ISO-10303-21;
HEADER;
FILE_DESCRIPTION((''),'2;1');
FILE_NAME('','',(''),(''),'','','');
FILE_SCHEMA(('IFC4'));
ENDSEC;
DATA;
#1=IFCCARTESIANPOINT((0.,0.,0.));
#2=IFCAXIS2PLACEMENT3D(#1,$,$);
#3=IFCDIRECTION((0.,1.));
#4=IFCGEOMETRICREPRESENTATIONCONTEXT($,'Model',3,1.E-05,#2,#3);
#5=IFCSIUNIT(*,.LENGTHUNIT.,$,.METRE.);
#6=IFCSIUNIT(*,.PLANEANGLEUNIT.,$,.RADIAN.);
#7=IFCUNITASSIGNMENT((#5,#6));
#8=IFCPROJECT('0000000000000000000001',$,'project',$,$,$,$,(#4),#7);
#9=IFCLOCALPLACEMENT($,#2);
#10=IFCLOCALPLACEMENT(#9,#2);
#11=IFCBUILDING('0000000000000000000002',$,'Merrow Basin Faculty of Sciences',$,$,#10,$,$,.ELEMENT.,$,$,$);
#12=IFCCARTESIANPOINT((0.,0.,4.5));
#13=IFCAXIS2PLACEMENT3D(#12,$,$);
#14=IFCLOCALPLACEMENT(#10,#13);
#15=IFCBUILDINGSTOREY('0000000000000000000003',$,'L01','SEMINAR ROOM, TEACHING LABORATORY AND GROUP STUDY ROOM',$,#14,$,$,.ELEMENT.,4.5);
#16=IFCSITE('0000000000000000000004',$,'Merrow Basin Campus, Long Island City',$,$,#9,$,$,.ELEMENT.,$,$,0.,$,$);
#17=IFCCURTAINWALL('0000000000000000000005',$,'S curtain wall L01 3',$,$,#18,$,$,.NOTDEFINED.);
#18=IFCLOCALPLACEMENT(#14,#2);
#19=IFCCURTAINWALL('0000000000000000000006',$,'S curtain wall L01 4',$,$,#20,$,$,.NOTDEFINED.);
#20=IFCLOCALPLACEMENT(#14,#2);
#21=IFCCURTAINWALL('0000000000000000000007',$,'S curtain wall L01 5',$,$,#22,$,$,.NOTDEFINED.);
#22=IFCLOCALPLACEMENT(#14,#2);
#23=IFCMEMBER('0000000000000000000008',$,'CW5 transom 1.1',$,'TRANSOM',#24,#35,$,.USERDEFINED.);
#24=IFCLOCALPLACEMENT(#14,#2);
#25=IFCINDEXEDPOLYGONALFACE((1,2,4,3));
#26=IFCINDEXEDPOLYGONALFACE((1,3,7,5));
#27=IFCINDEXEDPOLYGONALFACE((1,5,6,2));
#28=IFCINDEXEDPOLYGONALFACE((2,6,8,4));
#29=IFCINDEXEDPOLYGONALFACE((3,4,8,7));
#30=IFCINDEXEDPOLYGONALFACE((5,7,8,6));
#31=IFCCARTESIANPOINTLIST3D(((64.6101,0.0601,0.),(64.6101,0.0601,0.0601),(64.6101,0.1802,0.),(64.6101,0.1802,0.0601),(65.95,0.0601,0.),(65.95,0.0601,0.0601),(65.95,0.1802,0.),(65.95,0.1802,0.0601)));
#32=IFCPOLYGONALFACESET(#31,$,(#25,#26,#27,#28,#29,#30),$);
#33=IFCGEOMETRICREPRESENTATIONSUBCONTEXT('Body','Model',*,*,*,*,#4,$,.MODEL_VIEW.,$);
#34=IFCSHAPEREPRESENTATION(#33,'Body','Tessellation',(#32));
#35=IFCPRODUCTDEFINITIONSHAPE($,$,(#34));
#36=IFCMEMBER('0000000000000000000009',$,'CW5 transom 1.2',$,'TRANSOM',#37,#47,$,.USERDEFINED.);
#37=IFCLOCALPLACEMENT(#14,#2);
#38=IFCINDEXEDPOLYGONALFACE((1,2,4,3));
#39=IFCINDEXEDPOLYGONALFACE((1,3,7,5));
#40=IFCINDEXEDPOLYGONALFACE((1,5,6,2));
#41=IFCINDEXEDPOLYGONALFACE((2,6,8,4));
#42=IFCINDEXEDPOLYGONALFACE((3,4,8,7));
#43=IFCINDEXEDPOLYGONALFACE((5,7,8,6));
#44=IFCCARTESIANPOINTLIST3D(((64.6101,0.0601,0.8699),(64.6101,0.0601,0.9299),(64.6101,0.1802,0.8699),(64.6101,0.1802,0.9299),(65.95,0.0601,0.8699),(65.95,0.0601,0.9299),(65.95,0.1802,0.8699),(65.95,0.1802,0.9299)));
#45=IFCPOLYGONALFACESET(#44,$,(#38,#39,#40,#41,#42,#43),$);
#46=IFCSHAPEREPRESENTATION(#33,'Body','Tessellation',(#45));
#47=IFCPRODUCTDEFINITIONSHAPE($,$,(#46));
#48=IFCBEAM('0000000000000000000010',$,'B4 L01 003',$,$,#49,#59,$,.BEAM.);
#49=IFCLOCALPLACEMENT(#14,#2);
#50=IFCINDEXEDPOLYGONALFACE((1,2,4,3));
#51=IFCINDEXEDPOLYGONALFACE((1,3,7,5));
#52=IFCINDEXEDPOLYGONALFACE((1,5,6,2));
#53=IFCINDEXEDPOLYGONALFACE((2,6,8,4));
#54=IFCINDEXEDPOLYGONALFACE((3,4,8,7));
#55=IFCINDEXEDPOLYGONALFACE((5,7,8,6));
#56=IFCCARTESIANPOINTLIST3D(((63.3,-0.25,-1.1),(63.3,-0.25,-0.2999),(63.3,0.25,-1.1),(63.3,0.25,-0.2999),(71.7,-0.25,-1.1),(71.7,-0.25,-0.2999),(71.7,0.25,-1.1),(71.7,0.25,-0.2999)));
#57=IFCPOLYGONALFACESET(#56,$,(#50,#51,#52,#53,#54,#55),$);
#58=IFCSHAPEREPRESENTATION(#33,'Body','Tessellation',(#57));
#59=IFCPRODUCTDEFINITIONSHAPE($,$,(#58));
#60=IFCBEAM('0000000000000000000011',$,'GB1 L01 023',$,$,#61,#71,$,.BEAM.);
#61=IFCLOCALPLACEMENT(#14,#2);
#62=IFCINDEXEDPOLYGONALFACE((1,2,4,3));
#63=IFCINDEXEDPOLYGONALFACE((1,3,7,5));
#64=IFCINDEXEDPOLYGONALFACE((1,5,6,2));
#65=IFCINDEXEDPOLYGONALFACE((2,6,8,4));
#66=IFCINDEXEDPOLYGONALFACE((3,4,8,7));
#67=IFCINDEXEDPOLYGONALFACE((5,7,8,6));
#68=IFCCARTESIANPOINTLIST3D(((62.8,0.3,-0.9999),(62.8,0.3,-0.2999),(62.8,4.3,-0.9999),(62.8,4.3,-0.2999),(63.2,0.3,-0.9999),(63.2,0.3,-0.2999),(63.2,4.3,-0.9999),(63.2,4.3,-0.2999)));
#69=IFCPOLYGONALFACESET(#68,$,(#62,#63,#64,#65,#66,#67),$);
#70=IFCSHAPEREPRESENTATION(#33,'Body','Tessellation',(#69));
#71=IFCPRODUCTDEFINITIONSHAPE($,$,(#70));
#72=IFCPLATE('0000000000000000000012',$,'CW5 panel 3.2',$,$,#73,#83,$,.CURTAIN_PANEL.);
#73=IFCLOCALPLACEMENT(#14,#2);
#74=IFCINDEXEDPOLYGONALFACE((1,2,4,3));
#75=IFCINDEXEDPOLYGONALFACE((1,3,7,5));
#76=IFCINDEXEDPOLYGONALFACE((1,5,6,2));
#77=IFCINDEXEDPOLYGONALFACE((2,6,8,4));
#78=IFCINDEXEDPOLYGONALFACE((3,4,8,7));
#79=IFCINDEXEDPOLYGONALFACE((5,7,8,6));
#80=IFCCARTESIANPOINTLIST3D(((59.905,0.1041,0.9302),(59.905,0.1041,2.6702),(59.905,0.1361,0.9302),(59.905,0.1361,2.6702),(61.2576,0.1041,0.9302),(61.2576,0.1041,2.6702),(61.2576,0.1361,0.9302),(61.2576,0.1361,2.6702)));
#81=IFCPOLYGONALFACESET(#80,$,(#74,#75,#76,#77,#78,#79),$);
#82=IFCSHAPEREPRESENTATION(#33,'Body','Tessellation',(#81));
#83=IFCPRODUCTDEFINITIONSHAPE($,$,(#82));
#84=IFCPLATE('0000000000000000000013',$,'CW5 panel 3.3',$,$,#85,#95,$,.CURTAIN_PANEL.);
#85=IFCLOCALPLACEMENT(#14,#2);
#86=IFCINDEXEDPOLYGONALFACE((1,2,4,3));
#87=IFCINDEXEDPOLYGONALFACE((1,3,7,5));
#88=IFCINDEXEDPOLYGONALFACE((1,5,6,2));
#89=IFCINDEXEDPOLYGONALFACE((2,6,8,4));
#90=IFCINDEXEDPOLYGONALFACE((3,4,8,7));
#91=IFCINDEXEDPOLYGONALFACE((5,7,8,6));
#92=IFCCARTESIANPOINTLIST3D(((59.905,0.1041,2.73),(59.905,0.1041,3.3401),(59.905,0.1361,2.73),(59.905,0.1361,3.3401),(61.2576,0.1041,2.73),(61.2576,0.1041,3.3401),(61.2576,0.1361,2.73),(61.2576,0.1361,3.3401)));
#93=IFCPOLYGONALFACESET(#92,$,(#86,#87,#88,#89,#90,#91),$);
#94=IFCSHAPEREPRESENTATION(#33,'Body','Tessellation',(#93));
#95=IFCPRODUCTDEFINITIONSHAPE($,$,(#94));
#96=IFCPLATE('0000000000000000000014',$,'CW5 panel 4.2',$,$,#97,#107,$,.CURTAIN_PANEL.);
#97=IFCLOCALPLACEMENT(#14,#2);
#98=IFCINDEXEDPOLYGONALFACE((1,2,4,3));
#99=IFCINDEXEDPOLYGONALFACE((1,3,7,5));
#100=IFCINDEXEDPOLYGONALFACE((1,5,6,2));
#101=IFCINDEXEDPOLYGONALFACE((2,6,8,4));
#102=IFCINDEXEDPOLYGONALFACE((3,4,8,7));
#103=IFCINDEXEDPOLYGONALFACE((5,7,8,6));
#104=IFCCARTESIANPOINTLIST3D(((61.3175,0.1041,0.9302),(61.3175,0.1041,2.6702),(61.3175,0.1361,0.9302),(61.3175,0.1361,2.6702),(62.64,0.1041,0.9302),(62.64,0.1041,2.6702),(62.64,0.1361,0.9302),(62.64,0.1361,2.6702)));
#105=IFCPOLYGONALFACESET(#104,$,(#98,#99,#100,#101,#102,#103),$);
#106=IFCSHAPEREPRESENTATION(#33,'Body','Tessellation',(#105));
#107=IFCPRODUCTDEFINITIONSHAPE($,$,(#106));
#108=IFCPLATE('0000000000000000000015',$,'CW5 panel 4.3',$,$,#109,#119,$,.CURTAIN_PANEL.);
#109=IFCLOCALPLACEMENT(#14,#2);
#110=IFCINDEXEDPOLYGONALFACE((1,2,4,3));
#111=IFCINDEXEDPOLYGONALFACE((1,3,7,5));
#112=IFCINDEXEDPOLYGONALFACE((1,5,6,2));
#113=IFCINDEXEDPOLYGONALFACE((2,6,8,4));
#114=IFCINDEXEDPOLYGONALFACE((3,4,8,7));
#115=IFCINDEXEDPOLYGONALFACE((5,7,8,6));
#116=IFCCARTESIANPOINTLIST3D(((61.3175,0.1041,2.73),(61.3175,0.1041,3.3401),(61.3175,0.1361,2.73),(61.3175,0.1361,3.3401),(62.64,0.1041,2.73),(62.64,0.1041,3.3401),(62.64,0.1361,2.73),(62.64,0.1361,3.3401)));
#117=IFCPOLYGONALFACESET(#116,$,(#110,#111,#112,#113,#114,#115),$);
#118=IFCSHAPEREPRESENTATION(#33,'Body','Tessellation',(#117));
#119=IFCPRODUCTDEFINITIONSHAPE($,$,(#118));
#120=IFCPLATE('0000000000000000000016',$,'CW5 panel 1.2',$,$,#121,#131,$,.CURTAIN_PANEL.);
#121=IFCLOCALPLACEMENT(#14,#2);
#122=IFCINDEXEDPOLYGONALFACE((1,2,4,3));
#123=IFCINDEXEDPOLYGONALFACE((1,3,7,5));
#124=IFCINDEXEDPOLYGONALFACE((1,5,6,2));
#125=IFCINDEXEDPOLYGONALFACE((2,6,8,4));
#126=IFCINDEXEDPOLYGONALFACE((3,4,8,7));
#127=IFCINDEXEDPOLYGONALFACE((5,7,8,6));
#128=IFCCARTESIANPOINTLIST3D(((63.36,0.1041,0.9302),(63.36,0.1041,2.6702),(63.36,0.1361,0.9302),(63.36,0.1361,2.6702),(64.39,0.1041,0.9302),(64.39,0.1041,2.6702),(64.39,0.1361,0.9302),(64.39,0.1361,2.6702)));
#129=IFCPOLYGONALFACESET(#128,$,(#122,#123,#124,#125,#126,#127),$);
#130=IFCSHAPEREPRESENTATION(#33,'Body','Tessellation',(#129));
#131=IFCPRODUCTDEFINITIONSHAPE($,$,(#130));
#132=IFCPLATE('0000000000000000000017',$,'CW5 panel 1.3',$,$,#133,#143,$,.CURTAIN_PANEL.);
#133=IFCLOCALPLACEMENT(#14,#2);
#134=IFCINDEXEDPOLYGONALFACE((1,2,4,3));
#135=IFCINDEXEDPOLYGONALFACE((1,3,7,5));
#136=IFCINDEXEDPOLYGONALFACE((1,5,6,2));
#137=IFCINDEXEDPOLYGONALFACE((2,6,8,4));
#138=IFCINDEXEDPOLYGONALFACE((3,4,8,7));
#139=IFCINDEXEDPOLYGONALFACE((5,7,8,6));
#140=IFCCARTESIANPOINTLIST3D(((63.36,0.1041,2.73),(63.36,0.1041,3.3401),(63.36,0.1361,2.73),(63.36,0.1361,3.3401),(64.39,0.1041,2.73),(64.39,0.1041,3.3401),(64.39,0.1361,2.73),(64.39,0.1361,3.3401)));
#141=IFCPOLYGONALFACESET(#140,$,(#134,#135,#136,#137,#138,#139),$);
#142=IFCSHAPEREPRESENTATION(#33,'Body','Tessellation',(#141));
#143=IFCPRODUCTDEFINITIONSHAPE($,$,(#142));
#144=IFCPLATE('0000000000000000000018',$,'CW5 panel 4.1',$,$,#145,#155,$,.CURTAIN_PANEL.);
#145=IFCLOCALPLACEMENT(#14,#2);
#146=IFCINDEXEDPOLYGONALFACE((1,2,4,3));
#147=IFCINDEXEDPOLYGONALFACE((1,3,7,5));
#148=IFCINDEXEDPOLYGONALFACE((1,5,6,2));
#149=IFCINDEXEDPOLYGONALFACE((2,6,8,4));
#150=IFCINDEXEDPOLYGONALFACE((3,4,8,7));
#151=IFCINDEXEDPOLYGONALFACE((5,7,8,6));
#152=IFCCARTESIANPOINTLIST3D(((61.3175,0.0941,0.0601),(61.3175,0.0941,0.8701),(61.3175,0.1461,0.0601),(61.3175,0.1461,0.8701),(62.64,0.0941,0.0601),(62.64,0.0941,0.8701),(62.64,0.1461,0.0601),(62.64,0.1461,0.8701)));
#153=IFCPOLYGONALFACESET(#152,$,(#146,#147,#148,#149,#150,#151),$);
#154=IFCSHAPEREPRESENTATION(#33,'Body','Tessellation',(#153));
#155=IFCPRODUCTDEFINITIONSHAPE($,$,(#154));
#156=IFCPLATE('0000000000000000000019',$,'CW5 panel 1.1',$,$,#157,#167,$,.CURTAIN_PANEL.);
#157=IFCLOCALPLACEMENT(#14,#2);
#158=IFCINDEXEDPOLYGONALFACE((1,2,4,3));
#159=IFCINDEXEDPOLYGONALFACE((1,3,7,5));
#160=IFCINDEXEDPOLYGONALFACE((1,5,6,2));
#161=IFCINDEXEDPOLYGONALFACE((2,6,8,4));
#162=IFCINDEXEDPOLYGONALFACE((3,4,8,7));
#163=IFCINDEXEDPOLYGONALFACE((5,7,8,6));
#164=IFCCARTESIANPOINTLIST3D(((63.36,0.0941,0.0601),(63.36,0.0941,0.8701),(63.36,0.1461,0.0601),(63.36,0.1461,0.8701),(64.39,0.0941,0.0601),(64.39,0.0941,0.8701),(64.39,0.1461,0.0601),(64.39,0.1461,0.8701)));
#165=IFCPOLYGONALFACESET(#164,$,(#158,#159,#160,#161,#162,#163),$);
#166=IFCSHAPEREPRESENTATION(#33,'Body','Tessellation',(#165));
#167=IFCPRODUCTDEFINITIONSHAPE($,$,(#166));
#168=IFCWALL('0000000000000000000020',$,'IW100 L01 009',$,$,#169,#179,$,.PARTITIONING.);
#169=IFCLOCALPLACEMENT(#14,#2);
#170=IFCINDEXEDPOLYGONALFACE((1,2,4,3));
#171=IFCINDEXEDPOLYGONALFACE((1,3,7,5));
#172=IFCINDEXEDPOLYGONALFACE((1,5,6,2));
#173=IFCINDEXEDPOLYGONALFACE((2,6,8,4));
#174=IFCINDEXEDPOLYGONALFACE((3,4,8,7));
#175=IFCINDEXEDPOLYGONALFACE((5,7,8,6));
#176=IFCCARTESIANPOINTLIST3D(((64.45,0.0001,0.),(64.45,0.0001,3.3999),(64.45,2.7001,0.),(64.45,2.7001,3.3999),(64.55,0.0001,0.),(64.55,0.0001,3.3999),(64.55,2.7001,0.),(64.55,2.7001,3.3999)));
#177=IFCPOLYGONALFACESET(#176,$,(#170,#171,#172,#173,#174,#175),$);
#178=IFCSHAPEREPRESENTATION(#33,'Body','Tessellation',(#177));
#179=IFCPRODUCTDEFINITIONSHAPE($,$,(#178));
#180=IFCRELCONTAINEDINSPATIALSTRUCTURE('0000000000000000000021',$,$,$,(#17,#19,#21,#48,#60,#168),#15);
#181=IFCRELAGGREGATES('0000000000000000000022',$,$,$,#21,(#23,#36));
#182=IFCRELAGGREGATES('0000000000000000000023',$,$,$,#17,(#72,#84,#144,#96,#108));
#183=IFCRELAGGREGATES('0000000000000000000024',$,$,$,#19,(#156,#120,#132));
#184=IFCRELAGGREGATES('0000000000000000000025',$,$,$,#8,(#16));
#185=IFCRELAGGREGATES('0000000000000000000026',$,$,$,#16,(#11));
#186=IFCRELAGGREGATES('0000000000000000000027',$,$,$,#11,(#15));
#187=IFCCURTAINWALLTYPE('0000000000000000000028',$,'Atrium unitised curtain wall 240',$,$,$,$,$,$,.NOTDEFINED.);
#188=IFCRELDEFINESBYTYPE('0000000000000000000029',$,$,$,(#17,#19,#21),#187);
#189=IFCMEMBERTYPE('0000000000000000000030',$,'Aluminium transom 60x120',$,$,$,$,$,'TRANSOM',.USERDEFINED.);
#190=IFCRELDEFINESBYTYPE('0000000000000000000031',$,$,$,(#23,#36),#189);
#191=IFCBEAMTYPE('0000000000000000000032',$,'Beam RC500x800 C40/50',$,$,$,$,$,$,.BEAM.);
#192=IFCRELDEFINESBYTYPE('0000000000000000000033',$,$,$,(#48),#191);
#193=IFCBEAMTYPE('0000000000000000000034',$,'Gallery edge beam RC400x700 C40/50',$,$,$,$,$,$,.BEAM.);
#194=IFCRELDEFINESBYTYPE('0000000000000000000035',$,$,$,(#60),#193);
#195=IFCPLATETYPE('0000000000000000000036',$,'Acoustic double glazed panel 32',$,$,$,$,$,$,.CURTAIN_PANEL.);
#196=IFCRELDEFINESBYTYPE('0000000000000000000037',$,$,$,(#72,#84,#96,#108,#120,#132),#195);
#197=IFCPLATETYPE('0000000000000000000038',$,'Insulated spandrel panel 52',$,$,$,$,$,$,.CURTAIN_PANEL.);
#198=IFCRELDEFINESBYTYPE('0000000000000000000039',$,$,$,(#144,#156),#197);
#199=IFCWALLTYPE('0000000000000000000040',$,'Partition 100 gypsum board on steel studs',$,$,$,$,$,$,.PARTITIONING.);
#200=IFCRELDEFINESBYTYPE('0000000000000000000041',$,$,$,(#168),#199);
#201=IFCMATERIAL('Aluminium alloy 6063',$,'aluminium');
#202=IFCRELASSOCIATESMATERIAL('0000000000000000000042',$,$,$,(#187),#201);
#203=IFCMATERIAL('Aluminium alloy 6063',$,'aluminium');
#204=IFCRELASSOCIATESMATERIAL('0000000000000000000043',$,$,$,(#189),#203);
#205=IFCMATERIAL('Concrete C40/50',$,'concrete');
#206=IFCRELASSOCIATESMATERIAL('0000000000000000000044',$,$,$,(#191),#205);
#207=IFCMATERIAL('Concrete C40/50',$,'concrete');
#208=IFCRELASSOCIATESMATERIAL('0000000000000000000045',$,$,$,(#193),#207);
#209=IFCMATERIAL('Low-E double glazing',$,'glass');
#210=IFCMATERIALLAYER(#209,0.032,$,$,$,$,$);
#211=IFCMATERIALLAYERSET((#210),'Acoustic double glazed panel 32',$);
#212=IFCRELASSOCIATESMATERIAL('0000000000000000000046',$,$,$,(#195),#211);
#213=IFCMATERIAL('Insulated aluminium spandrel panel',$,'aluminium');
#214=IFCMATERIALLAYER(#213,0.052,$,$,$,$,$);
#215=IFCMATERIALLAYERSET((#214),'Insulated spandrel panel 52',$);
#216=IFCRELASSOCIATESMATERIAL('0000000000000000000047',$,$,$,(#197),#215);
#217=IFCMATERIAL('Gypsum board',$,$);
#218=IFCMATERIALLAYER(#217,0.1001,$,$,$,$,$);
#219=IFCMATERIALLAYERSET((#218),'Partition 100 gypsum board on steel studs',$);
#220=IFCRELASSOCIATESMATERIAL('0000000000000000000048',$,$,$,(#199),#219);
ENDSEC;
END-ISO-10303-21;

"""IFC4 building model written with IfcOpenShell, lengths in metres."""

from ifc_helpers import new_model, si_unit, direction, frame, frame_2d, origin, origin_2d, place, context, subcontext, project, spatial, rectangle, extrude, material, layer, layer_set, material_profile, profile_set, type_object, element, aggregate, save


model = new_model("IFC4")

# Units and contexts
model_context = context("Model", 3, precision=1e-05, world=origin(), true_north=direction((0.0, 1.0)))
body_context = subcontext(model_context, "Body", "Model", "MODEL_VIEW")
ifc_project = project(units=[si_unit("LENGTHUNIT", "METRE"), si_unit("PLANEANGLEUNIT", "RADIAN")], contexts=[model_context])

# Site, building, storey
site_placement = place(None, origin())
site = spatial("IfcSite", under=ifc_project, at=site_placement, Name="Merrow Basin Campus, Long Island City", CompositionType="ELEMENT", RefElevation=0.0)
building_placement = place(site_placement, origin())
building = spatial("IfcBuilding", under=site, at=building_placement, Name="Merrow Basin Faculty of Sciences", CompositionType="ELEMENT")
storey_placement = place(building_placement, frame((0.0, 0.0, 4.5)))
storey = spatial("IfcBuildingStorey", under=building, at=storey_placement, Name="L01", Description="SEMINAR ROOM, TEACHING LABORATORY AND GROUP STUDY ROOM", CompositionType="ELEMENT", Elevation=4.5)

# Curtain walls
ifc_material_1 = material(Name="Aluminium alloy 6063", Category="aluminium")
curtain_wall_type = type_object("IfcCurtainWallType", Name="Atrium unitised curtain wall 240", PredefinedType="NOTDEFINED", material=ifc_material_1)
curtain_wall_1_placement = place(storey_placement, origin())
curtain_wall_1 = element("IfcCurtainWall", 1, at=curtain_wall_1_placement, inside=storey, type_object=curtain_wall_type, Name="S curtain wall L01 3", PredefinedType="NOTDEFINED")
curtain_wall_2_placement = place(storey_placement, origin())
curtain_wall_2 = element("IfcCurtainWall", 2, at=curtain_wall_2_placement, inside=storey, type_object=curtain_wall_type, Name="S curtain wall L01 4", PredefinedType="NOTDEFINED")

# Curtain wall
curtain_wall_3_placement = place(storey_placement, origin())
curtain_wall_3 = element("IfcCurtainWall", 3, at=curtain_wall_3_placement, inside=storey, type_object=curtain_wall_type, Name="S curtain wall L01 5", PredefinedType="NOTDEFINED")

# Members
ifc_material_2 = material(Name="Aluminium alloy 6063", Category="aluminium")
ifc_material_profile_1 = material_profile(ifc_material_2, rectangle(XDim=0.1201, YDim=0.0601, at=origin_2d()))
ifc_profile_set_1 = profile_set([ifc_material_profile_1], Name="Aluminium alloy 6063")
member_type_1 = type_object("IfcMemberType", Name="Aluminium transom 60x120", ElementType="TRANSOM", PredefinedType="USERDEFINED", material=ifc_profile_set_1)
member_1_placement = place(storey_placement, frame((64.6101, 0.1201, 0.03), z_axis=(1.0, 0.0, 0.0), x_axis=(0.0, 1.0, 0.0)))
member_1 = element("IfcMember", 4, at=member_1_placement, type_object=member_type_1, Name="CW5 transom 1.1", ObjectType="TRANSOM", PredefinedType="USERDEFINED", context=body_context, shape_type="SweptSolid", body=[
    extrude(rectangle(XDim=0.1201, YDim=0.0601, at=origin_2d()), origin(), (0.0, 0.0, 1.0), 1.3398),
])
member_2_placement = place(storey_placement, frame((64.6101, 0.1201, 0.8999), z_axis=(1.0, 0.0, 0.0), x_axis=(0.0, 1.0, 0.0)))
member_2 = element("IfcMember", 5, at=member_2_placement, type_object=member_type_1, Name="CW5 transom 1.2", ObjectType="TRANSOM", PredefinedType="USERDEFINED", context=body_context, shape_type="SweptSolid", body=[
    extrude(rectangle(XDim=0.1201, YDim=0.0601, at=origin_2d()), origin(), (0.0, 0.0, 1.0), 1.3398),
])
aggregate(curtain_wall_3, [member_1, member_2])

# Beams
ifc_material_3 = material(Name="Concrete C40/50", Category="concrete")
ifc_material_profile_2 = material_profile(ifc_material_3, rectangle(XDim=0.5, YDim=0.8, at=origin_2d()))
ifc_profile_set_2 = profile_set([ifc_material_profile_2], Name="Concrete C40/50")
beam_type_1 = type_object("IfcBeamType", Name="Beam RC500x800 C40/50", PredefinedType="BEAM", material=ifc_profile_set_2)
beam_1_placement = place(storey_placement, frame((63.3, 0.0, -0.7), z_axis=(1.0, 0.0, 0.0), x_axis=(0.0, 1.0, 0.0)))
element("IfcBeam", 6, at=beam_1_placement, inside=storey, type_object=beam_type_1, Name="B4 L01 003", PredefinedType="BEAM", context=body_context, shape_type="SweptSolid", body=[
    extrude(rectangle(XDim=0.5, YDim=0.8, at=origin_2d()), origin(), (0.0, 0.0, 1.0), 8.3999),
])
ifc_material_4 = material(Name="Concrete C40/50", Category="concrete")
ifc_material_profile_3 = material_profile(ifc_material_4, rectangle(XDim=0.3999, YDim=0.7, at=origin_2d()))
ifc_profile_set_3 = profile_set([ifc_material_profile_3], Name="Concrete C40/50")
beam_type_2 = type_object("IfcBeamType", Name="Gallery edge beam RC400x700 C40/50", PredefinedType="BEAM", material=ifc_profile_set_3)
beam_2_placement = place(storey_placement, frame((63.0, 0.3, -0.6499), z_axis=(0.0, 1.0, 0.0), x_axis=(-1.0, 0.0, 0.0)))
element("IfcBeam", 7, at=beam_2_placement, inside=storey, type_object=beam_type_2, Name="GB1 L01 023", PredefinedType="BEAM", context=body_context, shape_type="SweptSolid", body=[
    extrude(rectangle(XDim=0.3999, YDim=0.7, at=origin_2d()), origin(), (0.0, 0.0, 1.0), 4.0),
])

# Plates
ifc_material_5 = material(Name="Low-E double glazing", Category="glass")
ifc_layer_1 = layer(ifc_material_5, 0.032)
ifc_layer_set_1 = layer_set([ifc_layer_1], Name="Acoustic double glazed panel 32")
plate_type_1 = type_object("IfcPlateType", Name="Acoustic double glazed panel 32", PredefinedType="CURTAIN_PANEL", material=ifc_layer_set_1)
plate_1_placement = place(storey_placement, frame((60.5813, 0.1201, 0.9302), z_axis=(0.0, 0.0, 1.0), x_axis=(1.0, 0.0, 0.0)))
plate_1 = element("IfcPlate", 8, at=plate_1_placement, type_object=plate_type_1, Name="CW5 panel 3.2", PredefinedType="CURTAIN_PANEL", context=body_context, shape_type="SweptSolid", body=[
    extrude(rectangle(XDim=1.3525, YDim=0.032, at=origin_2d()), origin(), (0.0, 0.0, 1.0), 1.74),
])
plate_2_placement = place(storey_placement, frame((60.5813, 0.1201, 2.73), z_axis=(0.0, 0.0, 1.0), x_axis=(1.0, 0.0, 0.0)))
plate_2 = element("IfcPlate", 9, at=plate_2_placement, type_object=plate_type_1, Name="CW5 panel 3.3", PredefinedType="CURTAIN_PANEL", context=body_context, shape_type="SweptSolid", body=[
    extrude(rectangle(XDim=1.3525, YDim=0.032, at=origin_2d()), origin(), (0.0, 0.0, 1.0), 0.6101),
])
plate_3_placement = place(storey_placement, frame((61.9788, 0.1201, 0.9302), z_axis=(0.0, 0.0, 1.0), x_axis=(1.0, 0.0, 0.0)))
plate_3 = element("IfcPlate", 10, at=plate_3_placement, type_object=plate_type_1, Name="CW5 panel 4.2", PredefinedType="CURTAIN_PANEL", context=body_context, shape_type="SweptSolid", body=[
    extrude(rectangle(XDim=1.3225, YDim=0.032, at=origin_2d()), origin(), (0.0, 0.0, 1.0), 1.74),
])
plate_4_placement = place(storey_placement, frame((61.9788, 0.1201, 2.73), z_axis=(0.0, 0.0, 1.0), x_axis=(1.0, 0.0, 0.0)))
plate_4 = element("IfcPlate", 11, at=plate_4_placement, type_object=plate_type_1, Name="CW5 panel 4.3", PredefinedType="CURTAIN_PANEL", context=body_context, shape_type="SweptSolid", body=[
    extrude(rectangle(XDim=1.3225, YDim=0.032, at=origin_2d()), origin(), (0.0, 0.0, 1.0), 0.6101),
])
plate_5_placement = place(storey_placement, frame((63.875, 0.1201, 0.9302), z_axis=(0.0, 0.0, 1.0), x_axis=(1.0, 0.0, 0.0)))
plate_5 = element("IfcPlate", 12, at=plate_5_placement, type_object=plate_type_1, Name="CW5 panel 1.2", PredefinedType="CURTAIN_PANEL", context=body_context, shape_type="SweptSolid", body=[
    extrude(rectangle(XDim=1.03, YDim=0.032, at=origin_2d()), origin(), (0.0, 0.0, 1.0), 1.74),
])
plate_6_placement = place(storey_placement, frame((63.875, 0.1201, 2.73), z_axis=(0.0, 0.0, 1.0), x_axis=(1.0, 0.0, 0.0)))
plate_6 = element("IfcPlate", 13, at=plate_6_placement, type_object=plate_type_1, Name="CW5 panel 1.3", PredefinedType="CURTAIN_PANEL", context=body_context, shape_type="SweptSolid", body=[
    extrude(rectangle(XDim=1.03, YDim=0.032, at=origin_2d()), origin(), (0.0, 0.0, 1.0), 0.6101),
])
ifc_material_6 = material(Name="Insulated aluminium spandrel panel", Category="aluminium")
ifc_layer_2 = layer(ifc_material_6, 0.052)
ifc_layer_set_2 = layer_set([ifc_layer_2], Name="Insulated spandrel panel 52")
plate_type_2 = type_object("IfcPlateType", Name="Insulated spandrel panel 52", PredefinedType="CURTAIN_PANEL", material=ifc_layer_set_2)
plate_7_placement = place(storey_placement, frame((61.9788, 0.1201, 0.0601), z_axis=(0.0, 0.0, 1.0), x_axis=(1.0, 0.0, 0.0)))
plate_7 = element("IfcPlate", 14, at=plate_7_placement, type_object=plate_type_2, Name="CW5 panel 4.1", PredefinedType="CURTAIN_PANEL", context=body_context, shape_type="SweptSolid", body=[
    extrude(rectangle(XDim=1.3225, YDim=0.052, at=origin_2d()), origin(), (0.0, 0.0, 1.0), 0.8101),
])
aggregate(curtain_wall_1, [plate_1, plate_2, plate_7, plate_3, plate_4])
plate_8_placement = place(storey_placement, frame((63.875, 0.1201, 0.0601), z_axis=(0.0, 0.0, 1.0), x_axis=(1.0, 0.0, 0.0)))
plate_8 = element("IfcPlate", 15, at=plate_8_placement, type_object=plate_type_2, Name="CW5 panel 1.1", PredefinedType="CURTAIN_PANEL", context=body_context, shape_type="SweptSolid", body=[
    extrude(rectangle(XDim=1.03, YDim=0.052, at=origin_2d()), origin(), (0.0, 0.0, 1.0), 0.8101),
])
aggregate(curtain_wall_2, [plate_8, plate_5, plate_6])

# Wall
ifc_material_7 = material(Name="Gypsum board")
ifc_layer_3 = layer(ifc_material_7, 0.1001)
ifc_layer_set_3 = layer_set([ifc_layer_3], Name="Partition 100 gypsum board on steel studs")
wall_type = type_object("IfcWallType", Name="Partition 100 gypsum board on steel studs", PredefinedType="PARTITIONING", material=ifc_layer_set_3)
wall_placement = place(storey_placement, frame((64.5, 0.0, 0.0), z_axis=(0.0, 0.0, 1.0), x_axis=(0.0, 1.0, 0.0)))
element("IfcWall", 16, at=wall_placement, inside=storey, type_object=wall_type, Name="IW100 L01 009", PredefinedType="PARTITIONING", context=body_context, shape_type="SweptSolid", body=[
    extrude(rectangle(XDim=2.7, YDim=0.1001, at=frame_2d((1.3501, 0.0))), origin(), (0.0, 0.0, 1.0), 3.3999),
])

save(model, "model.ifc")
